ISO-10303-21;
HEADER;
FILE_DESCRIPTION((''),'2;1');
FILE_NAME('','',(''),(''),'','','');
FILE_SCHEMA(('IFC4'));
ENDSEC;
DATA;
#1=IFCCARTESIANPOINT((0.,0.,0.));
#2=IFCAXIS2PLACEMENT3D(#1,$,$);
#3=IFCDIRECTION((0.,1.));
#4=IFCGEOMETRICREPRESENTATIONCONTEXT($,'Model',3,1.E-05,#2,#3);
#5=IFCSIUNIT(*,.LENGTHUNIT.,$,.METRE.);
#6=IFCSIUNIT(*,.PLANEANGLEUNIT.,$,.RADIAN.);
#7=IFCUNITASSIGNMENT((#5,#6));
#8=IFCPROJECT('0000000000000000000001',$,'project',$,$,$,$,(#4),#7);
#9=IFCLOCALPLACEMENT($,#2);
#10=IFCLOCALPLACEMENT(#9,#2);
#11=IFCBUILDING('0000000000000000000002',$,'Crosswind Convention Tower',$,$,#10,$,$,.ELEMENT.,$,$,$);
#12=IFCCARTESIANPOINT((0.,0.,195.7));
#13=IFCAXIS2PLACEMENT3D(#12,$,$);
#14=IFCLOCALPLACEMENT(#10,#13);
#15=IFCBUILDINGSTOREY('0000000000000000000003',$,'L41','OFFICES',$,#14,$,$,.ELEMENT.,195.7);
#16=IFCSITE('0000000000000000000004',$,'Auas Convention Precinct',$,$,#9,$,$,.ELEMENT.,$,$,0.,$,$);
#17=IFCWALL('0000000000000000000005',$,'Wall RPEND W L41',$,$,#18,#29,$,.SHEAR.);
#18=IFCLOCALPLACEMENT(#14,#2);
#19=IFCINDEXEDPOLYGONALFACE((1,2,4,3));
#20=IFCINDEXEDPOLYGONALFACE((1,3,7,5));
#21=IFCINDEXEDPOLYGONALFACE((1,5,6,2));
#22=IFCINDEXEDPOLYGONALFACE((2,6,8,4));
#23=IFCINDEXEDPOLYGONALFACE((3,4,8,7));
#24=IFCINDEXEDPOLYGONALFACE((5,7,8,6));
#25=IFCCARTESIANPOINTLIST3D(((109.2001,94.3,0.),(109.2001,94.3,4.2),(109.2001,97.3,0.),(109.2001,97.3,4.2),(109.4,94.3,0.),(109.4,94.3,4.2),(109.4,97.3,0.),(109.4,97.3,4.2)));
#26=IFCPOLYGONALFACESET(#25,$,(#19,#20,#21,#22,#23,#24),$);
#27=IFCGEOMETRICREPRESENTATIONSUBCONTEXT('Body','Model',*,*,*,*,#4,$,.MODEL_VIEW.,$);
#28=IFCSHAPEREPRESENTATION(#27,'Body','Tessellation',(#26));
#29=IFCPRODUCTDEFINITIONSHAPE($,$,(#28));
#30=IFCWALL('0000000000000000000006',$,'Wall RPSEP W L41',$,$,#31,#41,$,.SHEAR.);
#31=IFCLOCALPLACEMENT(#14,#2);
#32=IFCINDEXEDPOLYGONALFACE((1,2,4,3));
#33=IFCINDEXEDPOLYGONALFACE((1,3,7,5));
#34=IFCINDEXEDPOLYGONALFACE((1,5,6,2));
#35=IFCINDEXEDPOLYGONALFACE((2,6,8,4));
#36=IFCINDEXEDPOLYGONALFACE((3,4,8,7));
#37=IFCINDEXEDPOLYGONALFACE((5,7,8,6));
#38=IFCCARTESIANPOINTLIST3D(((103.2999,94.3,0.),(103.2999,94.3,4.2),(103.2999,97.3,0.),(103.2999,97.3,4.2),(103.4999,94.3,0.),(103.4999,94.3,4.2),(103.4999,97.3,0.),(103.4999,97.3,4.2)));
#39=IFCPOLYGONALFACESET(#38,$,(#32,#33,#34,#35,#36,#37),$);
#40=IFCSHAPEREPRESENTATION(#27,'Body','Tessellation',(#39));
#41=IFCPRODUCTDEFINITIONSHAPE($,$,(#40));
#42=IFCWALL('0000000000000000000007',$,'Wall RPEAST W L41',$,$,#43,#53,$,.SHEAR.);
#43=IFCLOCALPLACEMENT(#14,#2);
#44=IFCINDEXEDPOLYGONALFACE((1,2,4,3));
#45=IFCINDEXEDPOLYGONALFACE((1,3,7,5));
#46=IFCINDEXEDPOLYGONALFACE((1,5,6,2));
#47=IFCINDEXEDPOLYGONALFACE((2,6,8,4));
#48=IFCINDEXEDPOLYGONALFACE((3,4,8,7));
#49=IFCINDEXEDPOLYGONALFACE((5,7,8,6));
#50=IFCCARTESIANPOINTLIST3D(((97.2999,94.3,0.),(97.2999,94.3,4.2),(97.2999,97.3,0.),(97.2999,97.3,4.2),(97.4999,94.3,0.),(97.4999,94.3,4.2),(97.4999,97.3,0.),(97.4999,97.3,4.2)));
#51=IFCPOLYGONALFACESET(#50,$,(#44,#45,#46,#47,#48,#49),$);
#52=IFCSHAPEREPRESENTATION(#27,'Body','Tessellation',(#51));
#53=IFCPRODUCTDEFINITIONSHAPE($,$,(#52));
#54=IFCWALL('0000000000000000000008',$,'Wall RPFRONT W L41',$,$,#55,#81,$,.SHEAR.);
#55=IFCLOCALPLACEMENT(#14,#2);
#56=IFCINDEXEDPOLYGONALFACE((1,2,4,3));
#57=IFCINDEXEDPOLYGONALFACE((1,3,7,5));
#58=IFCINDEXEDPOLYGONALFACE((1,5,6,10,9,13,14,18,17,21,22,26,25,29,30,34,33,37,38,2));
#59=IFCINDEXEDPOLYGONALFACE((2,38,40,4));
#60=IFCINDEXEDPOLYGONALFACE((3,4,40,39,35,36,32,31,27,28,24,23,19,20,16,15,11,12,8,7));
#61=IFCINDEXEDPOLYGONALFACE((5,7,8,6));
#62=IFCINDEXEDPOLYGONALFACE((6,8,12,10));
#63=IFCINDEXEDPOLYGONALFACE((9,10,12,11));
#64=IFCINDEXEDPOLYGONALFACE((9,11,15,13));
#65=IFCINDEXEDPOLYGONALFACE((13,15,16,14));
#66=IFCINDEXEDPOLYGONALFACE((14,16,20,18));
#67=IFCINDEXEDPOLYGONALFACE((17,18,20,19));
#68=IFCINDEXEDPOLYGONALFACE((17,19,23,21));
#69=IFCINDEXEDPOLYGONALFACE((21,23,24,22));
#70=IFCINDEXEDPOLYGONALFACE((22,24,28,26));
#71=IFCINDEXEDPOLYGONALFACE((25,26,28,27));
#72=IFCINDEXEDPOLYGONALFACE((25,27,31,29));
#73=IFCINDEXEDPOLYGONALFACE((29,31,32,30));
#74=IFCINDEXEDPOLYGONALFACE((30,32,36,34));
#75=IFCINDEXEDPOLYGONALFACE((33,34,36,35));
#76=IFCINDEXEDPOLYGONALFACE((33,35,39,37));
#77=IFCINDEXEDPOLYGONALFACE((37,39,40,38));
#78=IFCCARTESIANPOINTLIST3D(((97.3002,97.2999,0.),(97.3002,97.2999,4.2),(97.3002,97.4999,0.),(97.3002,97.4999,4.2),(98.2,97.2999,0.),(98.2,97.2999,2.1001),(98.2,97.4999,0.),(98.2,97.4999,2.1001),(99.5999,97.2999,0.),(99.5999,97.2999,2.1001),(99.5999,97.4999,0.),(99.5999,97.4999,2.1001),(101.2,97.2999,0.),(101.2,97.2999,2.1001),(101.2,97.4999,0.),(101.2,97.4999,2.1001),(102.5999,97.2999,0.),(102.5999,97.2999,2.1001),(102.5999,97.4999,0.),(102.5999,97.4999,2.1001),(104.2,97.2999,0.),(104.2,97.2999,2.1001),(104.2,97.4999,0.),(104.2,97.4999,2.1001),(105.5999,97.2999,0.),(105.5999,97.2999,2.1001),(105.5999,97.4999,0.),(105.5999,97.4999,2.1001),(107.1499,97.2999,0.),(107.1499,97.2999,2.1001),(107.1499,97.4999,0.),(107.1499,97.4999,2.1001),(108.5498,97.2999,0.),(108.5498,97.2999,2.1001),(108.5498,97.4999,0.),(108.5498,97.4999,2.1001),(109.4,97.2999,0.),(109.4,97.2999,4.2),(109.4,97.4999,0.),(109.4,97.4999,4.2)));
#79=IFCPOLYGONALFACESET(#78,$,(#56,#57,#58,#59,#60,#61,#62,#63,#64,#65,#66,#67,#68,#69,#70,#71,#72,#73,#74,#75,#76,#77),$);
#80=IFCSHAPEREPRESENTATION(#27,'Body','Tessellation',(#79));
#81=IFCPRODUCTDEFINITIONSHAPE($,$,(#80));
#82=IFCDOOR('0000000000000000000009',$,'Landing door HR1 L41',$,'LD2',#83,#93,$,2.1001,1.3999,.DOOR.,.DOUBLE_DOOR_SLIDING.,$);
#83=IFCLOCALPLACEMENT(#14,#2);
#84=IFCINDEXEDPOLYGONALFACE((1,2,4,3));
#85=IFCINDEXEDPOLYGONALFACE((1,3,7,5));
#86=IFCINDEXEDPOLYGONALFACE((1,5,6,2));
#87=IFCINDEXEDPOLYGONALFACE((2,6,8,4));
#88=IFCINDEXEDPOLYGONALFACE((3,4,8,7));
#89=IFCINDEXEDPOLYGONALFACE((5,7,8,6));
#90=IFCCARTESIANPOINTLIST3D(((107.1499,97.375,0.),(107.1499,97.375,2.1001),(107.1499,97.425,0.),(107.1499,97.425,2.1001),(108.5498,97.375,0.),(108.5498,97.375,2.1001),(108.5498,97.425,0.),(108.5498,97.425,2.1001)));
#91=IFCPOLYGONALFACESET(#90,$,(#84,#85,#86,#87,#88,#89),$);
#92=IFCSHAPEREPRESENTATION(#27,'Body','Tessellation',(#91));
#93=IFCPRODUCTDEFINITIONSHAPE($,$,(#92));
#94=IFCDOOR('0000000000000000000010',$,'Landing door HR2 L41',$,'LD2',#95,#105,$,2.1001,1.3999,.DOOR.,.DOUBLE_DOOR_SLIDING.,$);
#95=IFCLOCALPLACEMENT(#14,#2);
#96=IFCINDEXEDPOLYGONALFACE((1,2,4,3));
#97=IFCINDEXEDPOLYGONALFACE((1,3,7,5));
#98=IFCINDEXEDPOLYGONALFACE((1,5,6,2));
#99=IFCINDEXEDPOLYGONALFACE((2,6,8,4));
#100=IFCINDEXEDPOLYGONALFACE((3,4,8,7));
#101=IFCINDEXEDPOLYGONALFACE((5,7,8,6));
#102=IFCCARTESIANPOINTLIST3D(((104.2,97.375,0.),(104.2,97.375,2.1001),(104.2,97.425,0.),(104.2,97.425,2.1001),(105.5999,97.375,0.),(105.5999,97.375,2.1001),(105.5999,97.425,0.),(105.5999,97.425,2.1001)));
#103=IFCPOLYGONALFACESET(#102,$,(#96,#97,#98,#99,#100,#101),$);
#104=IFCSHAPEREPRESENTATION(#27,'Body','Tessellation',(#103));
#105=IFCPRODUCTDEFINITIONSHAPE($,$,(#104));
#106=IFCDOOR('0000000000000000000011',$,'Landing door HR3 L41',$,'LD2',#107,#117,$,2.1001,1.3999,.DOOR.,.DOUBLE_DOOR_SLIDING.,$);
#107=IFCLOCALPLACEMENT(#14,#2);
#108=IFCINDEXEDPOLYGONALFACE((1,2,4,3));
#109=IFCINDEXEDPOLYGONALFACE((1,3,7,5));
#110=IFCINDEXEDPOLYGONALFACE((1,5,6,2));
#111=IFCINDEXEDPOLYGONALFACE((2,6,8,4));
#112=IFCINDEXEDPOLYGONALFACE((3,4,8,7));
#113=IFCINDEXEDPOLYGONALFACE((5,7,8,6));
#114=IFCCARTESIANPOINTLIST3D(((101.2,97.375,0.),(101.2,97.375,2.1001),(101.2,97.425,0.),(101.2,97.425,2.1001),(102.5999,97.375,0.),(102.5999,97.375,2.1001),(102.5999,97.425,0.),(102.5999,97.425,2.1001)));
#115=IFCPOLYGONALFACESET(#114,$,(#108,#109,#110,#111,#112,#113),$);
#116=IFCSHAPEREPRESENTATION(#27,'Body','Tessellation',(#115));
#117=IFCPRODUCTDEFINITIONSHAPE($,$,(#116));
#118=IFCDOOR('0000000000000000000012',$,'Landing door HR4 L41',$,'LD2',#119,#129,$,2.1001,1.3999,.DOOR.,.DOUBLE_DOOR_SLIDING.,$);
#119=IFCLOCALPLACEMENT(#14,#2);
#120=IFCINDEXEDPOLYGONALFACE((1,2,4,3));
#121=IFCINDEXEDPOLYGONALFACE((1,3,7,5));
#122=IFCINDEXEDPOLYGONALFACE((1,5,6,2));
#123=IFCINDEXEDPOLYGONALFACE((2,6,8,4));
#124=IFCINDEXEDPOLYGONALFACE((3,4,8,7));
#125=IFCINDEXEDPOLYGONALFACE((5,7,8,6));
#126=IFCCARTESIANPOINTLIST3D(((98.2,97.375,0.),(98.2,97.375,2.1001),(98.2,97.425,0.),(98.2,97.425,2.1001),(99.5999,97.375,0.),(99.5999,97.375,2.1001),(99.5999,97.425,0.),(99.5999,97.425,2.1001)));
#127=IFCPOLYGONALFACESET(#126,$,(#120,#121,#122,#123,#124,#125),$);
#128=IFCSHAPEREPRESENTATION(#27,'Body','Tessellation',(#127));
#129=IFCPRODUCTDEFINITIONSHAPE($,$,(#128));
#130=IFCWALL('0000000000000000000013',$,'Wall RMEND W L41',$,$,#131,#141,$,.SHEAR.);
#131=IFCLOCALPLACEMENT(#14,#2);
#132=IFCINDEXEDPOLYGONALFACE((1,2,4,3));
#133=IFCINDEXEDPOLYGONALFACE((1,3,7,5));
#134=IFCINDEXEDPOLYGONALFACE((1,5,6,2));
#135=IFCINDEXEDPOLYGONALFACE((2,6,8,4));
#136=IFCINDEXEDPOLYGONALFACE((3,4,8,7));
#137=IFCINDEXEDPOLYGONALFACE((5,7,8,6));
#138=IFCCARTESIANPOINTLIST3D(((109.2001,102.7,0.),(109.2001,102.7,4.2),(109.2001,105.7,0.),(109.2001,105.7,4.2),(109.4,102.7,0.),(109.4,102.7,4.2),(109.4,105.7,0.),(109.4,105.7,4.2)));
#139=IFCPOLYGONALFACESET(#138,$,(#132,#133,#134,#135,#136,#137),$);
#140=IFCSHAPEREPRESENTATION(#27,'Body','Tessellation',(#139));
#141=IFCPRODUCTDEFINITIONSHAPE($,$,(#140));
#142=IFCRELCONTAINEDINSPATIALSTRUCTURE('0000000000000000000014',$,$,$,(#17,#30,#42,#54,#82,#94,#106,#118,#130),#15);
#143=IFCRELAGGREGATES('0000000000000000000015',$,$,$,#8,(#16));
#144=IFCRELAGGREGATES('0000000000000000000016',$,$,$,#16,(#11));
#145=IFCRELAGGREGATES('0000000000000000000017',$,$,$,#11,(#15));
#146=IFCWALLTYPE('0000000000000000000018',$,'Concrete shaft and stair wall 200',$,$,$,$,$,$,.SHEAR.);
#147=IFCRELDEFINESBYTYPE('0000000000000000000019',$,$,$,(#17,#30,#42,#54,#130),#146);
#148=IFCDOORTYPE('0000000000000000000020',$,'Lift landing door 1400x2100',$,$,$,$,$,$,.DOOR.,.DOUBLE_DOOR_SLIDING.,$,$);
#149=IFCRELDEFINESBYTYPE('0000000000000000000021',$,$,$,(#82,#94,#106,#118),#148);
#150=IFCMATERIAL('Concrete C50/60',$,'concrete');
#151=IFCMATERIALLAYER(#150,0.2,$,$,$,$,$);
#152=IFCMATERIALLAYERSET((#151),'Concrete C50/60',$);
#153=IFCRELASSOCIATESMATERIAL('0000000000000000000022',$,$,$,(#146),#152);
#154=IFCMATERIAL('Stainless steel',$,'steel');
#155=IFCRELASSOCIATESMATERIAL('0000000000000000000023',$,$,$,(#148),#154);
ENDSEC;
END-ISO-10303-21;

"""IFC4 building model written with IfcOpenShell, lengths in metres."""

from ifc_helpers import new_model, si_unit, direction, frame, frame_2d, origin, place, context, subcontext, project, spatial, rectangle, extrude, material, layer, layer_set, type_object, element, fill, save


model = new_model("IFC4")

# Units and contexts
model_context = context("Model", 3, precision=1e-05, world=origin(), true_north=direction((0.0, 1.0)))
body_context = subcontext(model_context, "Body", "Model", "MODEL_VIEW")
ifc_project = project(units=[si_unit("LENGTHUNIT", "METRE"), si_unit("PLANEANGLEUNIT", "RADIAN")], contexts=[model_context])

# Site, building, storey
site_placement = place(None, origin())
site = spatial("IfcSite", under=ifc_project, at=site_placement, Name="Auas Convention Precinct", CompositionType="ELEMENT", RefElevation=0.0)
building_placement = place(site_placement, origin())
building = spatial("IfcBuilding", under=site, at=building_placement, Name="Crosswind Convention Tower", CompositionType="ELEMENT")
storey_placement = place(building_placement, frame((0.0, 0.0, 195.7)))
storey = spatial("IfcBuildingStorey", under=building, at=storey_placement, Name="L41", Description="OFFICES", CompositionType="ELEMENT", Elevation=195.7)

# Walls
ifc_material_1 = material(Name="Concrete C50/60", Category="concrete")
ifc_layer_1 = layer(ifc_material_1, 0.2)
ifc_layer_set_1 = layer_set([ifc_layer_1], Name="Concrete C50/60")
wall_type_1 = type_object("IfcWallType", Name="Concrete shaft and stair wall 200", PredefinedType="SHEAR", material=ifc_layer_set_1)
for number, where, z_axis, x_axis, name in (
    (1, (109.3, 97.3, 0.0), (0.0, 0.0, 1.0), (0.0, -1.0, 0.0), "Wall RPEND W L41"),
    (2, (103.3999, 97.3, 0.0), (0.0, 0.0, 1.0), (0.0, -1.0, 0.0), "Wall RPSEP W L41"),
    (3, (97.3999, 97.3, 0.0), (0.0, 0.0, 1.0), (0.0, -1.0, 0.0), "Wall RPEAST W L41"),
):
    element("IfcWall", number, at=place(storey_placement, frame(where, z_axis=z_axis, x_axis=x_axis)), inside=storey, type_object=wall_type_1, Name=name, PredefinedType="SHEAR", context=body_context, shape_type="SweptSolid", body=[
        extrude(rectangle(XDim=3.0, YDim=0.2, at=frame_2d((1.5, 0.0))), origin(), (0.0, 0.0, 1.0), 4.2),
    ])

# Wall, openings, doors
wall_1_placement = place(storey_placement, frame((109.3999, 97.3999, 0.0), z_axis=(0.0, 0.0, 1.0), x_axis=(-1.0, 0.0, 0.0)))
wall_1 = element("IfcWall", 4, at=wall_1_placement, inside=storey, type_object=wall_type_1, Name="Wall RPFRONT W L41", PredefinedType="SHEAR", context=body_context, shape_type="SweptSolid", body=[
    extrude(rectangle(XDim=12.0999, YDim=0.2, at=frame_2d((6.0498, 0.0))), origin(), (0.0, 0.0, 1.0), 4.2),
])
opening_1_placement = place(wall_1_placement, frame((0.8501, 0.0, 0.0)))
opening_1 = element("IfcOpeningElement", 5, at=opening_1_placement, cuts=wall_1, PredefinedType="OPENING", context=body_context, shape_type="SweptSolid", body=[
    extrude(rectangle(XDim=1.3999, YDim=2.1001, at=frame_2d((0.7, 1.05))), frame((0.0, 0.1099, 0.0), z_axis=(0.0, -1.0, 0.0), x_axis=(1.0, 0.0, 0.0)), (0.0, 0.0, 1.0), 0.22),
])
opening_2_placement = place(wall_1_placement, frame((3.8, 0.0, 0.0)))
opening_2 = element("IfcOpeningElement", 6, at=opening_2_placement, cuts=wall_1, PredefinedType="OPENING", context=body_context, shape_type="SweptSolid", body=[
    extrude(rectangle(XDim=1.3999, YDim=2.1001, at=frame_2d((0.7, 1.05))), frame((0.0, 0.1099, 0.0), z_axis=(0.0, -1.0, 0.0), x_axis=(1.0, 0.0, 0.0)), (0.0, 0.0, 1.0), 0.22),
])
opening_3_placement = place(wall_1_placement, frame((6.8, 0.0, 0.0)))
opening_3 = element("IfcOpeningElement", 7, at=opening_3_placement, cuts=wall_1, PredefinedType="OPENING", context=body_context, shape_type="SweptSolid", body=[
    extrude(rectangle(XDim=1.3999, YDim=2.1001, at=frame_2d((0.7, 1.05))), frame((0.0, 0.1099, 0.0), z_axis=(0.0, -1.0, 0.0), x_axis=(1.0, 0.0, 0.0)), (0.0, 0.0, 1.0), 0.22),
])
opening_4_placement = place(wall_1_placement, frame((9.8, 0.0, 0.0)))
opening_4 = element("IfcOpeningElement", 8, at=opening_4_placement, cuts=wall_1, PredefinedType="OPENING", context=body_context, shape_type="SweptSolid", body=[
    extrude(rectangle(XDim=1.3999, YDim=2.1001, at=frame_2d((0.7, 1.05))), frame((0.0, 0.1099, 0.0), z_axis=(0.0, -1.0, 0.0), x_axis=(1.0, 0.0, 0.0)), (0.0, 0.0, 1.0), 0.22),
])
ifc_material_2 = material(Name="Stainless steel", Category="steel")
door_type_1 = type_object("IfcDoorType", Name="Lift landing door 1400x2100", OperationType="DOUBLE_DOOR_SLIDING", PredefinedType="DOOR", material=ifc_material_2)
door_1_placement = place(opening_1_placement, origin())
door_1 = element("IfcDoor", 9, at=door_1_placement, inside=storey, type_object=door_type_1, Name="Landing door HR1 L41", ObjectType="LD2", OperationType="DOUBLE_DOOR_SLIDING", OverallHeight=2.1001, OverallWidth=1.3999, PredefinedType="DOOR", context=body_context, shape_type="SweptSolid", body=[
    extrude(rectangle(XDim=1.3999, YDim=2.1001, at=frame_2d((0.7, 1.05))), frame((0.0, 0.0249, 0.0), z_axis=(0.0, -1.0, 0.0), x_axis=(1.0, 0.0, 0.0)), (0.0, 0.0, 1.0), 0.05),
])
fill(opening_1, door_1)
door_2_placement = place(opening_2_placement, origin())
door_2 = element("IfcDoor", 10, at=door_2_placement, inside=storey, type_object=door_type_1, Name="Landing door HR2 L41", ObjectType="LD2", OperationType="DOUBLE_DOOR_SLIDING", OverallHeight=2.1001, OverallWidth=1.3999, PredefinedType="DOOR", context=body_context, shape_type="SweptSolid", body=[
    extrude(rectangle(XDim=1.3999, YDim=2.1001, at=frame_2d((0.7, 1.05))), frame((0.0, 0.0249, 0.0), z_axis=(0.0, -1.0, 0.0), x_axis=(1.0, 0.0, 0.0)), (0.0, 0.0, 1.0), 0.05),
])
fill(opening_2, door_2)
door_3_placement = place(opening_3_placement, origin())
door_3 = element("IfcDoor", 11, at=door_3_placement, inside=storey, type_object=door_type_1, Name="Landing door HR3 L41", ObjectType="LD2", OperationType="DOUBLE_DOOR_SLIDING", OverallHeight=2.1001, OverallWidth=1.3999, PredefinedType="DOOR", context=body_context, shape_type="SweptSolid", body=[
    extrude(rectangle(XDim=1.3999, YDim=2.1001, at=frame_2d((0.7, 1.05))), frame((0.0, 0.0249, 0.0), z_axis=(0.0, -1.0, 0.0), x_axis=(1.0, 0.0, 0.0)), (0.0, 0.0, 1.0), 0.05),
])
fill(opening_3, door_3)
door_4_placement = place(opening_4_placement, origin())
door_4 = element("IfcDoor", 12, at=door_4_placement, inside=storey, type_object=door_type_1, Name="Landing door HR4 L41", ObjectType="LD2", OperationType="DOUBLE_DOOR_SLIDING", OverallHeight=2.1001, OverallWidth=1.3999, PredefinedType="DOOR", context=body_context, shape_type="SweptSolid", body=[
    extrude(rectangle(XDim=1.3999, YDim=2.1001, at=frame_2d((0.7, 1.05))), frame((0.0, 0.0249, 0.0), z_axis=(0.0, -1.0, 0.0), x_axis=(1.0, 0.0, 0.0)), (0.0, 0.0, 1.0), 0.05),
])
fill(opening_4, door_4)

# Wall
wall_2_placement = place(storey_placement, frame((109.3, 105.7, 0.0), z_axis=(0.0, 0.0, 1.0), x_axis=(0.0, -1.0, 0.0)))
element("IfcWall", 13, at=wall_2_placement, inside=storey, type_object=wall_type_1, Name="Wall RMEND W L41", PredefinedType="SHEAR", context=body_context, shape_type="SweptSolid", body=[
    extrude(rectangle(XDim=3.0, YDim=0.2, at=frame_2d((1.5, 0.0))), origin(), (0.0, 0.0, 1.0), 4.2),
])

save(model, "model.ifc")
